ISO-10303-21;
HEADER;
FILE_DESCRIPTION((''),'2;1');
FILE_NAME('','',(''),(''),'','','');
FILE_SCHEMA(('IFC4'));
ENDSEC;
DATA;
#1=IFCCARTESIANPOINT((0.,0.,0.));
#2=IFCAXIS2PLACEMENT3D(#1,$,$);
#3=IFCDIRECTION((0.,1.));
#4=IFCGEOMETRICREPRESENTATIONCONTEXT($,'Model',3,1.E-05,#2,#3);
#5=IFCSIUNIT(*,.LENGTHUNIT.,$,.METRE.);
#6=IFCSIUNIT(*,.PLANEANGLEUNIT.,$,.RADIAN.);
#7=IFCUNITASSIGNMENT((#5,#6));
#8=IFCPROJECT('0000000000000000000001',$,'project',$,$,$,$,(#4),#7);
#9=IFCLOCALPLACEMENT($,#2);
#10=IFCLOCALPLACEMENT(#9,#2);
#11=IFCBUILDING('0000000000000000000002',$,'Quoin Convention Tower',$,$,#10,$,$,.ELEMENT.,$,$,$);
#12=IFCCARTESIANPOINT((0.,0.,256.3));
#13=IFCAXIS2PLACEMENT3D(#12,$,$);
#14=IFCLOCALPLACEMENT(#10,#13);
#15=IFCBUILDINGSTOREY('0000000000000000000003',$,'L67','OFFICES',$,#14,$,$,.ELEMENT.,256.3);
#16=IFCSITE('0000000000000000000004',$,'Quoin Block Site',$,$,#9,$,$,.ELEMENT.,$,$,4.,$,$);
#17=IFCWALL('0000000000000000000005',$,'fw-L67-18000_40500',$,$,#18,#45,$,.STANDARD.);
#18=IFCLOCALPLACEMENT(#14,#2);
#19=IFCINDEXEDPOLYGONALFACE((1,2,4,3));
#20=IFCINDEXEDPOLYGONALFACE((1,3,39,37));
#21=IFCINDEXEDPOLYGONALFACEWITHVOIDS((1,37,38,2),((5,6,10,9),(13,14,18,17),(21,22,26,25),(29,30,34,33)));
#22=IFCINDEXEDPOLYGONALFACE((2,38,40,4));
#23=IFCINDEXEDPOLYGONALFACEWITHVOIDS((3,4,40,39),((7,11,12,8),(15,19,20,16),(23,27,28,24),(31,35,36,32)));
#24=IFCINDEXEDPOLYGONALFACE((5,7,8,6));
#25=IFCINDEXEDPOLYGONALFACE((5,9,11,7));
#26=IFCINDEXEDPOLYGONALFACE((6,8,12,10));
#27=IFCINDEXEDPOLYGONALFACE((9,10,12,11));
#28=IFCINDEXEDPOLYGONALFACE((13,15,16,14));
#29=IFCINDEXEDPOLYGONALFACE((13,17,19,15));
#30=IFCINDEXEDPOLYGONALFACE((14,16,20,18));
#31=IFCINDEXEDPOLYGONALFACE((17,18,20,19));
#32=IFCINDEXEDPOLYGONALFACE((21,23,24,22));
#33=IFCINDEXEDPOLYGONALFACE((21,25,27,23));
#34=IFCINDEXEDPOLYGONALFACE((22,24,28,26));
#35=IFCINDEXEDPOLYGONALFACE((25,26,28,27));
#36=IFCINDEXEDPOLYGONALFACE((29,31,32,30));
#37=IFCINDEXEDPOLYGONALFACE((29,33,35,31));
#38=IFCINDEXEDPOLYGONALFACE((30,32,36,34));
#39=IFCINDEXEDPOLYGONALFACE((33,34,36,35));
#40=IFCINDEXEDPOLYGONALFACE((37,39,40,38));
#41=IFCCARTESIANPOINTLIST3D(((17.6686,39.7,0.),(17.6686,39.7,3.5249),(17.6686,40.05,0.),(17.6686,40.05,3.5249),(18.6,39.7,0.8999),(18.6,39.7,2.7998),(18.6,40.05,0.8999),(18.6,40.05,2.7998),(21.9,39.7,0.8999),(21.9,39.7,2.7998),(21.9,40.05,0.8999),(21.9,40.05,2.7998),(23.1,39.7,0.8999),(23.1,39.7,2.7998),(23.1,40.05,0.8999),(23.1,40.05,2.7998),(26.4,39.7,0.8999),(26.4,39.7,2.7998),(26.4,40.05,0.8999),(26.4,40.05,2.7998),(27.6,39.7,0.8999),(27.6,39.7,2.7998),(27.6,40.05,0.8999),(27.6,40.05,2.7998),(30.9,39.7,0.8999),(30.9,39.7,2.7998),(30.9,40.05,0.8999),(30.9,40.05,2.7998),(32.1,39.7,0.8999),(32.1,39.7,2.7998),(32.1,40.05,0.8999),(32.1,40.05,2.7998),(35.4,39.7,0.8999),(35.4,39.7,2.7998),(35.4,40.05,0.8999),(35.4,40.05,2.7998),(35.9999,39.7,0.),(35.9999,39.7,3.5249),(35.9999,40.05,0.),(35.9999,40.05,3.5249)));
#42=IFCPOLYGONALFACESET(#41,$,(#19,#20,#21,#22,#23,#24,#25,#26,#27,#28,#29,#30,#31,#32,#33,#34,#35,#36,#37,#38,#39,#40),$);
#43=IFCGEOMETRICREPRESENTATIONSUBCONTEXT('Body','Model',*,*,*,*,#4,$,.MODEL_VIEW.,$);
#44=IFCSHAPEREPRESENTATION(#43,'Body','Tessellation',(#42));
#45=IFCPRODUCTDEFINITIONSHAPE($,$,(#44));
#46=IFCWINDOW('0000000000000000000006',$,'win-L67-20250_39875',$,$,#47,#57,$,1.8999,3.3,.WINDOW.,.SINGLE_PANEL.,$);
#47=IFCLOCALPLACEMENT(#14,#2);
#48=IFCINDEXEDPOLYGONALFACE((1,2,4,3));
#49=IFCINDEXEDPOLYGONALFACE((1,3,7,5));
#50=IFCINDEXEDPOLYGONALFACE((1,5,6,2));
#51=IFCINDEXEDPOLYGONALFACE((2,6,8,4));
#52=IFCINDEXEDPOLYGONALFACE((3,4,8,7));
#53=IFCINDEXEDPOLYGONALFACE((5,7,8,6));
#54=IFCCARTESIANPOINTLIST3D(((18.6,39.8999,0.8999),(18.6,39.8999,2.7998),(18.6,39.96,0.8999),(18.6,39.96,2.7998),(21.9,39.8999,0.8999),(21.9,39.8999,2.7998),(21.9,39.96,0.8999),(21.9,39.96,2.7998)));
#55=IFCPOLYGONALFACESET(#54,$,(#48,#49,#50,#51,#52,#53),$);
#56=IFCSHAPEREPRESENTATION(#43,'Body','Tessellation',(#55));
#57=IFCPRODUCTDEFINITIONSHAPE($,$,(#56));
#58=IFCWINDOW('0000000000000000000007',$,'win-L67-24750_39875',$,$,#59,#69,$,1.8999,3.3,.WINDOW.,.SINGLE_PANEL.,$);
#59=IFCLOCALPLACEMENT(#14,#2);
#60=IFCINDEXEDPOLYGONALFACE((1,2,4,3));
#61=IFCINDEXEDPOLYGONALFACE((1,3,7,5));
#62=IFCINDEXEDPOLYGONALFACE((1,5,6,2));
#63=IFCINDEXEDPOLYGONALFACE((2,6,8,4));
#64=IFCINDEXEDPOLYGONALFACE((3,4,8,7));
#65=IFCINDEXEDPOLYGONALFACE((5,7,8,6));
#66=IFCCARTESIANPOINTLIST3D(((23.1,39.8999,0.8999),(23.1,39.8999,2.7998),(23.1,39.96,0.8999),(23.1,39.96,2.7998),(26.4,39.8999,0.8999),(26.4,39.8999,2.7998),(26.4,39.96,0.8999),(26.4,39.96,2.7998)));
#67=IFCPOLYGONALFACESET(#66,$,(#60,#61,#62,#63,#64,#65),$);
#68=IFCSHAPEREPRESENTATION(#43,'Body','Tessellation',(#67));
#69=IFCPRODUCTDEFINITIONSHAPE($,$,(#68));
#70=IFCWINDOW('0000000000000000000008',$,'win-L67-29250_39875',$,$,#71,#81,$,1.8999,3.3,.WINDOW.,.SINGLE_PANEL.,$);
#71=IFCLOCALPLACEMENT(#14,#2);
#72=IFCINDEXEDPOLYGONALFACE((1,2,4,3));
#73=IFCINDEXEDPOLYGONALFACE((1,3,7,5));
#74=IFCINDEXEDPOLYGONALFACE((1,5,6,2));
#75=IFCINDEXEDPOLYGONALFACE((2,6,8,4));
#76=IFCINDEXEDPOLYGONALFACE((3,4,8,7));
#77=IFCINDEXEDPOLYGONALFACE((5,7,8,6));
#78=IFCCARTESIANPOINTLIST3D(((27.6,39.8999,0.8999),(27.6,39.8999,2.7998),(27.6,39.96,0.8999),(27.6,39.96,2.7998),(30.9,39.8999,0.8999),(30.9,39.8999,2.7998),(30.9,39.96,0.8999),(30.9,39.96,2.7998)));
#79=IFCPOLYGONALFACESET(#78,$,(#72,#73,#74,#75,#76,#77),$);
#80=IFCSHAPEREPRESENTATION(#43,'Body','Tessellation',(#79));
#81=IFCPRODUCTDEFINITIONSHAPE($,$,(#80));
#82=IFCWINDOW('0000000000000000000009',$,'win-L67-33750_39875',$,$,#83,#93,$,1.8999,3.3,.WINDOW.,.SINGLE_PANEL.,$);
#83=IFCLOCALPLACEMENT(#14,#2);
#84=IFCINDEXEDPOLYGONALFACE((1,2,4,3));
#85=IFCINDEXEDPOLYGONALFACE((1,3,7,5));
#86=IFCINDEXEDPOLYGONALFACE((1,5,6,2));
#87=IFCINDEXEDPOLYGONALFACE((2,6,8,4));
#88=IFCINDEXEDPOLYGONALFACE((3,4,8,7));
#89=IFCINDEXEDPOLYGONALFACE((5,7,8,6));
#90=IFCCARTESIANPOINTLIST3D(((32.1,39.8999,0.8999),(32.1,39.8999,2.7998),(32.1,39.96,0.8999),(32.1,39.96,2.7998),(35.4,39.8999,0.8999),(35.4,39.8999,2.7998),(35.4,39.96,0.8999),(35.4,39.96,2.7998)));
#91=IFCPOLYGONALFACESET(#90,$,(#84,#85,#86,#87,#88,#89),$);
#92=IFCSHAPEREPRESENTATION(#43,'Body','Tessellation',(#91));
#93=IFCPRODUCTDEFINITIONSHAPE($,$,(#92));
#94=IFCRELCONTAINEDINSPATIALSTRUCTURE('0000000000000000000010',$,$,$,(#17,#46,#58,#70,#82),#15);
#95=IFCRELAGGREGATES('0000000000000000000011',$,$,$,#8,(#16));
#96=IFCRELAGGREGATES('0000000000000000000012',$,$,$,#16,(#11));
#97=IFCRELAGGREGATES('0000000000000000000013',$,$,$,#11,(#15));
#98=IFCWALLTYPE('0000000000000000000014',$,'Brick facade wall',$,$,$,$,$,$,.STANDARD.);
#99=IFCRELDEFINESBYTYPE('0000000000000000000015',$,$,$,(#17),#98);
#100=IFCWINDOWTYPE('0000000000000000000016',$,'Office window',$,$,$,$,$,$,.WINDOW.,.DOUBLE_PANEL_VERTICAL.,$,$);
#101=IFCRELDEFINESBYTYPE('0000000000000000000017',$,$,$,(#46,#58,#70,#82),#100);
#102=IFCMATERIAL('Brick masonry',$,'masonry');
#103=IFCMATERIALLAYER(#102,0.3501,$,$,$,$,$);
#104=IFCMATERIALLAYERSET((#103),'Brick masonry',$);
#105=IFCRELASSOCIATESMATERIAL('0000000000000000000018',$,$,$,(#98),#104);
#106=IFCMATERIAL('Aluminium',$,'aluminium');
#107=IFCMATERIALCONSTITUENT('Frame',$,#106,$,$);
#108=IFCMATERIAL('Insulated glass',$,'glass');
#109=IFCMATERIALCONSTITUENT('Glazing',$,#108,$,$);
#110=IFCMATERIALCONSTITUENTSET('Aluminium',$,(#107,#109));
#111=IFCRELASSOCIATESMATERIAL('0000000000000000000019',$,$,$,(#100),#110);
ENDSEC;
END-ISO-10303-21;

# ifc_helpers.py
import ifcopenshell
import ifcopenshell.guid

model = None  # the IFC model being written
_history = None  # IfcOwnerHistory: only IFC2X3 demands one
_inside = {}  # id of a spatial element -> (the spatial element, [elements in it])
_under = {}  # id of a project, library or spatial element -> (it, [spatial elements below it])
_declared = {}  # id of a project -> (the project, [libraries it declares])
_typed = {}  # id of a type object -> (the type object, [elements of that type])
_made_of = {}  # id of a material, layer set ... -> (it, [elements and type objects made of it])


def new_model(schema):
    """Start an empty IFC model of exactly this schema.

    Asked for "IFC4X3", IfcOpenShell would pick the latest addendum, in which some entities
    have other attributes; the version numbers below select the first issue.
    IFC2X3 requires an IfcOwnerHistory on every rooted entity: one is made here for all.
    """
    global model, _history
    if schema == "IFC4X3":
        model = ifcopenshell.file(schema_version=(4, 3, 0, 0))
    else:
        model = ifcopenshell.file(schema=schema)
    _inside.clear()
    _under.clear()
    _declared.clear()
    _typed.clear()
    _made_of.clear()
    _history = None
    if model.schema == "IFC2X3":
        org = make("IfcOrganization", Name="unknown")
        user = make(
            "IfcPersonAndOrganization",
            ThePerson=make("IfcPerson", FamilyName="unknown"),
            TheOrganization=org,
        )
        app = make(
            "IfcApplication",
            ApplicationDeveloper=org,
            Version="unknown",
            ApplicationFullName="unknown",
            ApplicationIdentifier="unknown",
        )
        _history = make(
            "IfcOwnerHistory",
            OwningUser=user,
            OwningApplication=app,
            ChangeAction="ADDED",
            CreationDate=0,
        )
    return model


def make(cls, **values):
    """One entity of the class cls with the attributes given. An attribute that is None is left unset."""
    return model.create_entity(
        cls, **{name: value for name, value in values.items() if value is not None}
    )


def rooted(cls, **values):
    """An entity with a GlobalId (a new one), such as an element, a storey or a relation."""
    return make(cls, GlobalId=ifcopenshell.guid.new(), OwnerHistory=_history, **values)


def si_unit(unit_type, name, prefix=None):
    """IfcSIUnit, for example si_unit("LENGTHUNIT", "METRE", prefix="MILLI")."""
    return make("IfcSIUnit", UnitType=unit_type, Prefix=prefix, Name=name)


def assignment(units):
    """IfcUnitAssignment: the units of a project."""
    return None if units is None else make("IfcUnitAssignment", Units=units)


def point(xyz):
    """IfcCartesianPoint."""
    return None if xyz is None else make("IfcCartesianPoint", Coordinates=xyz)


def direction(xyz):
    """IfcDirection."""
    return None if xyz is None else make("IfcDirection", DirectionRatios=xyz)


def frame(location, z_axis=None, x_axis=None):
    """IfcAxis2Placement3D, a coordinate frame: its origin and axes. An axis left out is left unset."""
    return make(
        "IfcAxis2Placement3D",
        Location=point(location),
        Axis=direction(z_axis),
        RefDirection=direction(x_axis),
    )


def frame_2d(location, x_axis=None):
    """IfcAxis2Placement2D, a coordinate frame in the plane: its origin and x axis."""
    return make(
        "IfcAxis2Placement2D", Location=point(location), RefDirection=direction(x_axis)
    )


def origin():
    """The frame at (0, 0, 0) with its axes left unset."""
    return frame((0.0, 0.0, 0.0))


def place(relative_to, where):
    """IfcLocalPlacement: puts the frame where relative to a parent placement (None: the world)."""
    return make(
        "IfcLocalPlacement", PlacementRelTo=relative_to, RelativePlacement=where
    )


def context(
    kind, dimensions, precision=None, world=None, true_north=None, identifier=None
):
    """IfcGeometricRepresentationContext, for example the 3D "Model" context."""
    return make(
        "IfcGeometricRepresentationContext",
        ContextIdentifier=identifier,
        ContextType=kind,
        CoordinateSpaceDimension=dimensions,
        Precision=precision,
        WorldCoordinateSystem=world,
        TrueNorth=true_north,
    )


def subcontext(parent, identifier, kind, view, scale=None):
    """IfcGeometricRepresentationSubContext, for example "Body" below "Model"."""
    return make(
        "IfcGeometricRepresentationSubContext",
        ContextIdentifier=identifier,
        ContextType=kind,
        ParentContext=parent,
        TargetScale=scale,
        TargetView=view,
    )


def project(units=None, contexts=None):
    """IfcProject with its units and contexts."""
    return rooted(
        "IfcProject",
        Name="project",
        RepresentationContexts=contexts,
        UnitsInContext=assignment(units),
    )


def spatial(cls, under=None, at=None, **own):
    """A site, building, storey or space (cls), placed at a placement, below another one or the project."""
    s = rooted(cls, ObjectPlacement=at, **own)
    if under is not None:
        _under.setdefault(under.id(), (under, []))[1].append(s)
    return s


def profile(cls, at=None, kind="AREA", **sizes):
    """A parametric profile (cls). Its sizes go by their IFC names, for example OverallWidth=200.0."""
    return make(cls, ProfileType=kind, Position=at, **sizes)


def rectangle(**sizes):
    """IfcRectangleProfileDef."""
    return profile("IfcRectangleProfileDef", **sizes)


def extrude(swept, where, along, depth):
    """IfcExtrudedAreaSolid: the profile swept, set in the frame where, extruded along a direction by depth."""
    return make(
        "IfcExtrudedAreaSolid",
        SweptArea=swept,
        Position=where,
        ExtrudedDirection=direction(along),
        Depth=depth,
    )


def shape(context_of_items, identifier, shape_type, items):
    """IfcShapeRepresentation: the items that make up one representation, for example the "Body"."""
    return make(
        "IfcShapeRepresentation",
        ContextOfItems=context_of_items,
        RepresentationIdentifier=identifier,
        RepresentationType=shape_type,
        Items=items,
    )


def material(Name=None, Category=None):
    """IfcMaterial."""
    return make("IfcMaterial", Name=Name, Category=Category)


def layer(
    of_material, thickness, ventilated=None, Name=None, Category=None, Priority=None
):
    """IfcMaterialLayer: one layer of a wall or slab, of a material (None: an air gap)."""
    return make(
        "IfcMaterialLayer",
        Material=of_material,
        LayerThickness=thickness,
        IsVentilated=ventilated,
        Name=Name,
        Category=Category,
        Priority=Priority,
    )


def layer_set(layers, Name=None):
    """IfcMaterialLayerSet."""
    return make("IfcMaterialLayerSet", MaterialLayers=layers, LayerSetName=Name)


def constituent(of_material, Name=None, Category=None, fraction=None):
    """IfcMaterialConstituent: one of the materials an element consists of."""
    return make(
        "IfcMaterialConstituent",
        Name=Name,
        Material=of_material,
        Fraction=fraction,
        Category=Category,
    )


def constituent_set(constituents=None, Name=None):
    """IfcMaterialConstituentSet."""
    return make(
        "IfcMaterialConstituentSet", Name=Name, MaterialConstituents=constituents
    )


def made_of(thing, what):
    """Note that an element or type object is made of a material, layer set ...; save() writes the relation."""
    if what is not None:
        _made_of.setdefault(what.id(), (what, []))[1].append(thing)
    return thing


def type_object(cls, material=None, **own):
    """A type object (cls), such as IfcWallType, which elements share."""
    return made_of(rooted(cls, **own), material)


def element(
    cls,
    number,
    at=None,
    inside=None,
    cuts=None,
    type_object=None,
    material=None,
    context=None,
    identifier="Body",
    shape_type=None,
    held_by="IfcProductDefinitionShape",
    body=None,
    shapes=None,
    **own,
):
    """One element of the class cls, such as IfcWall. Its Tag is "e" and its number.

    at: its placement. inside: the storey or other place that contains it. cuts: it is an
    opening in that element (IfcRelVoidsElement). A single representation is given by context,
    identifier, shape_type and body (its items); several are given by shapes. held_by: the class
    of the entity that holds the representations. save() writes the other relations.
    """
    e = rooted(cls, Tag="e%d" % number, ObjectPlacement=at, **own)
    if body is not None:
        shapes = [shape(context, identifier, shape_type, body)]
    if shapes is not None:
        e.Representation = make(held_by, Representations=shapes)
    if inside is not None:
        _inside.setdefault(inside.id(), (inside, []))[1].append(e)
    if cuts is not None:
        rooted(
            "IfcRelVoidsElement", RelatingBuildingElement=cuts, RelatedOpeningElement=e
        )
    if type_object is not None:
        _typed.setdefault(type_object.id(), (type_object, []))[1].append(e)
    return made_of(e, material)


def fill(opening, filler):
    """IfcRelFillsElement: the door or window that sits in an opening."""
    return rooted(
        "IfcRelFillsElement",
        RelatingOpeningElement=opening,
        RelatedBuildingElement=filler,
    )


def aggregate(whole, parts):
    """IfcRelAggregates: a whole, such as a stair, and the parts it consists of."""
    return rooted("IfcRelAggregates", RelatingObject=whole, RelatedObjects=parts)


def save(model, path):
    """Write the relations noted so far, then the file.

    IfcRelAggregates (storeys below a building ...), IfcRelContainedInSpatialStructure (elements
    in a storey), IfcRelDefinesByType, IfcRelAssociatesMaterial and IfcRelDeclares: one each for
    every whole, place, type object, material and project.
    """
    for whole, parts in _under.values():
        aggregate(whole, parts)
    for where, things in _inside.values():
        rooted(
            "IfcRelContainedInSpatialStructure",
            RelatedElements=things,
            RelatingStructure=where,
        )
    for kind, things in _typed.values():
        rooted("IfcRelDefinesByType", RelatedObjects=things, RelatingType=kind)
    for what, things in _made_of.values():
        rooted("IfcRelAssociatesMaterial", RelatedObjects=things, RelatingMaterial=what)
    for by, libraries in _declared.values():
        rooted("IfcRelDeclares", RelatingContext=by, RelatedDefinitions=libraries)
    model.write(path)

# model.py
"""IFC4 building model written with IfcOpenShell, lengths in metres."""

from ifc_helpers import new_model, si_unit, direction, frame, frame_2d, origin, place, context, subcontext, project, spatial, rectangle, extrude, material, layer, layer_set, constituent, constituent_set, type_object, element, fill, save


model = new_model("IFC4")

# Units and contexts
model_context = context("Model", 3, precision=1e-05, world=origin(), true_north=direction((0.0, 1.0)))
body_context = subcontext(model_context, "Body", "Model", "MODEL_VIEW")
ifc_project = project(units=[si_unit("LENGTHUNIT", "METRE"), si_unit("PLANEANGLEUNIT", "RADIAN")], contexts=[model_context])

# Site, building, storey
site_placement = place(None, origin())
site = spatial("IfcSite", under=ifc_project, at=site_placement, Name="Quoin Block Site", CompositionType="ELEMENT", RefElevation=4.0)
building_placement = place(site_placement, origin())
building = spatial("IfcBuilding", under=site, at=building_placement, Name="Quoin Convention Tower", CompositionType="ELEMENT")
storey_placement = place(building_placement, frame((0.0, 0.0, 256.3)))
storey = spatial("IfcBuildingStorey", under=building, at=storey_placement, Name="L67", Description="OFFICES", CompositionType="ELEMENT", Elevation=256.3)

# Wall, openings, windows
ifc_material_1 = material(Name="Brick masonry", Category="masonry")
ifc_layer_1 = layer(ifc_material_1, 0.3501)
ifc_layer_set_1 = layer_set([ifc_layer_1], Name="Brick masonry")
wall_type = type_object("IfcWallType", Name="Brick facade wall", PredefinedType="STANDARD", material=ifc_layer_set_1)
ifc_material_2 = material(Name="Aluminium", Category="aluminium")
ifc_constituent_1 = constituent(ifc_material_2, Name="Frame")
ifc_material_3 = material(Name="Insulated glass", Category="glass")
ifc_constituent_2 = constituent(ifc_material_3, Name="Glazing")
ifc_constituent_set = constituent_set(constituents=[ifc_constituent_1, ifc_constituent_2], Name="Aluminium")
window_type = type_object("IfcWindowType", Name="Office window", PartitioningType="DOUBLE_PANEL_VERTICAL", PredefinedType="WINDOW", material=ifc_constituent_set)
wall_1_placement = place(storey_placement, frame((17.6687, 39.875, 0.0), z_axis=(0.0, 0.0, 1.0), x_axis=(1.0, 0.0, 0.0)))
wall_1 = element("IfcWall", 1, at=wall_1_placement, inside=storey, type_object=wall_type, Name="fw-L67-18000_40500", PredefinedType="STANDARD", context=body_context, shape_type="SweptSolid", body=[
    extrude(rectangle(XDim=18.3313, YDim=0.3501, at=frame_2d((9.1655, 0.0))), origin(), (0.0, 0.0, 1.0), 3.5249),
])
opening_1_placement = place(wall_1_placement, frame((0.9314, 0.0, 0.8999)))
opening_1 = element("IfcOpeningElement", 2, at=opening_1_placement, cuts=wall_1, PredefinedType="OPENING", context=body_context, shape_type="SweptSolid", body=[
    extrude(rectangle(XDim=3.3, YDim=1.8999, at=frame_2d((1.6499, 0.95))), frame((0.0, 0.1851, 0.0), z_axis=(0.0, -1.0, 0.0), x_axis=(1.0, 0.0, 0.0)), (0.0, 0.0, 1.0), 0.3701),
])
opening_2_placement = place(wall_1_placement, frame((5.4314, 0.0, 0.8999)))
opening_2 = element("IfcOpeningElement", 3, at=opening_2_placement, cuts=wall_1, PredefinedType="OPENING", context=body_context, shape_type="SweptSolid", body=[
    extrude(rectangle(XDim=3.3, YDim=1.8999, at=frame_2d((1.6499, 0.95))), frame((0.0, 0.1851, 0.0), z_axis=(0.0, -1.0, 0.0), x_axis=(1.0, 0.0, 0.0)), (0.0, 0.0, 1.0), 0.3701),
])
opening_3_placement = place(wall_1_placement, frame((9.9314, 0.0, 0.8999)))
opening_3 = element("IfcOpeningElement", 4, at=opening_3_placement, cuts=wall_1, PredefinedType="OPENING", context=body_context, shape_type="SweptSolid", body=[
    extrude(rectangle(XDim=3.3, YDim=1.8999, at=frame_2d((1.6499, 0.95))), frame((0.0, 0.1851, 0.0), z_axis=(0.0, -1.0, 0.0), x_axis=(1.0, 0.0, 0.0)), (0.0, 0.0, 1.0), 0.3701),
])
opening_4_placement = place(wall_1_placement, frame((14.4314, 0.0, 0.8999)))
opening_4 = element("IfcOpeningElement", 5, at=opening_4_placement, cuts=wall_1, PredefinedType="OPENING", context=body_context, shape_type="SweptSolid", body=[
    extrude(rectangle(XDim=3.3, YDim=1.8999, at=frame_2d((1.6499, 0.95))), frame((0.0, 0.1851, 0.0), z_axis=(0.0, -1.0, 0.0), x_axis=(1.0, 0.0, 0.0)), (0.0, 0.0, 1.0), 0.3701),
])
window_1_placement = place(opening_1_placement, origin())
window_1 = element("IfcWindow", 6, at=window_1_placement, inside=storey, type_object=window_type, Name="win-L67-20250_39875", OverallHeight=1.8999, OverallWidth=3.3, PartitioningType="SINGLE_PANEL", PredefinedType="WINDOW", context=body_context, shape_type="SweptSolid", body=[
    extrude(rectangle(XDim=3.3, YDim=1.8999, at=frame_2d((1.6499, 0.95))), frame((0.0, 0.085, 0.0), z_axis=(0.0, -1.0, 0.0), x_axis=(1.0, 0.0, 0.0)), (0.0, 0.0, 1.0), 0.0601),
])
fill(opening_1, window_1)
window_2_placement = place(opening_2_placement, origin())
window_2 = element("IfcWindow", 7, at=window_2_placement, inside=storey, type_object=window_type, Name="win-L67-24750_39875", OverallHeight=1.8999, OverallWidth=3.3, PartitioningType="SINGLE_PANEL", PredefinedType="WINDOW", context=body_context, shape_type="SweptSolid", body=[
    extrude(rectangle(XDim=3.3, YDim=1.8999, at=frame_2d((1.6499, 0.95))), frame((0.0, 0.085, 0.0), z_axis=(0.0, -1.0, 0.0), x_axis=(1.0, 0.0, 0.0)), (0.0, 0.0, 1.0), 0.0601),
])
fill(opening_2, window_2)
window_3_placement = place(opening_3_placement, origin())
window_3 = element("IfcWindow", 8, at=window_3_placement, inside=storey, type_object=window_type, Name="win-L67-29250_39875", OverallHeight=1.8999, OverallWidth=3.3, PartitioningType="SINGLE_PANEL", PredefinedType="WINDOW", context=body_context, shape_type="SweptSolid", body=[
    extrude(rectangle(XDim=3.3, YDim=1.8999, at=frame_2d((1.6499, 0.95))), frame((0.0, 0.085, 0.0), z_axis=(0.0, -1.0, 0.0), x_axis=(1.0, 0.0, 0.0)), (0.0, 0.0, 1.0), 0.0601),
])
fill(opening_3, window_3)
window_4_placement = place(opening_4_placement, origin())
window_4 = element("IfcWindow", 9, at=window_4_placement, inside=storey, type_object=window_type, Name="win-L67-33750_39875", OverallHeight=1.8999, OverallWidth=3.3, PartitioningType="SINGLE_PANEL", PredefinedType="WINDOW", context=body_context, shape_type="SweptSolid", body=[
    extrude(rectangle(XDim=3.3, YDim=1.8999, at=frame_2d((1.6499, 0.95))), frame((0.0, 0.085, 0.0), z_axis=(0.0, -1.0, 0.0), x_axis=(1.0, 0.0, 0.0)), (0.0, 0.0, 1.0), 0.0601),
])
fill(opening_4, window_4)

save(model, "model.ifc")
